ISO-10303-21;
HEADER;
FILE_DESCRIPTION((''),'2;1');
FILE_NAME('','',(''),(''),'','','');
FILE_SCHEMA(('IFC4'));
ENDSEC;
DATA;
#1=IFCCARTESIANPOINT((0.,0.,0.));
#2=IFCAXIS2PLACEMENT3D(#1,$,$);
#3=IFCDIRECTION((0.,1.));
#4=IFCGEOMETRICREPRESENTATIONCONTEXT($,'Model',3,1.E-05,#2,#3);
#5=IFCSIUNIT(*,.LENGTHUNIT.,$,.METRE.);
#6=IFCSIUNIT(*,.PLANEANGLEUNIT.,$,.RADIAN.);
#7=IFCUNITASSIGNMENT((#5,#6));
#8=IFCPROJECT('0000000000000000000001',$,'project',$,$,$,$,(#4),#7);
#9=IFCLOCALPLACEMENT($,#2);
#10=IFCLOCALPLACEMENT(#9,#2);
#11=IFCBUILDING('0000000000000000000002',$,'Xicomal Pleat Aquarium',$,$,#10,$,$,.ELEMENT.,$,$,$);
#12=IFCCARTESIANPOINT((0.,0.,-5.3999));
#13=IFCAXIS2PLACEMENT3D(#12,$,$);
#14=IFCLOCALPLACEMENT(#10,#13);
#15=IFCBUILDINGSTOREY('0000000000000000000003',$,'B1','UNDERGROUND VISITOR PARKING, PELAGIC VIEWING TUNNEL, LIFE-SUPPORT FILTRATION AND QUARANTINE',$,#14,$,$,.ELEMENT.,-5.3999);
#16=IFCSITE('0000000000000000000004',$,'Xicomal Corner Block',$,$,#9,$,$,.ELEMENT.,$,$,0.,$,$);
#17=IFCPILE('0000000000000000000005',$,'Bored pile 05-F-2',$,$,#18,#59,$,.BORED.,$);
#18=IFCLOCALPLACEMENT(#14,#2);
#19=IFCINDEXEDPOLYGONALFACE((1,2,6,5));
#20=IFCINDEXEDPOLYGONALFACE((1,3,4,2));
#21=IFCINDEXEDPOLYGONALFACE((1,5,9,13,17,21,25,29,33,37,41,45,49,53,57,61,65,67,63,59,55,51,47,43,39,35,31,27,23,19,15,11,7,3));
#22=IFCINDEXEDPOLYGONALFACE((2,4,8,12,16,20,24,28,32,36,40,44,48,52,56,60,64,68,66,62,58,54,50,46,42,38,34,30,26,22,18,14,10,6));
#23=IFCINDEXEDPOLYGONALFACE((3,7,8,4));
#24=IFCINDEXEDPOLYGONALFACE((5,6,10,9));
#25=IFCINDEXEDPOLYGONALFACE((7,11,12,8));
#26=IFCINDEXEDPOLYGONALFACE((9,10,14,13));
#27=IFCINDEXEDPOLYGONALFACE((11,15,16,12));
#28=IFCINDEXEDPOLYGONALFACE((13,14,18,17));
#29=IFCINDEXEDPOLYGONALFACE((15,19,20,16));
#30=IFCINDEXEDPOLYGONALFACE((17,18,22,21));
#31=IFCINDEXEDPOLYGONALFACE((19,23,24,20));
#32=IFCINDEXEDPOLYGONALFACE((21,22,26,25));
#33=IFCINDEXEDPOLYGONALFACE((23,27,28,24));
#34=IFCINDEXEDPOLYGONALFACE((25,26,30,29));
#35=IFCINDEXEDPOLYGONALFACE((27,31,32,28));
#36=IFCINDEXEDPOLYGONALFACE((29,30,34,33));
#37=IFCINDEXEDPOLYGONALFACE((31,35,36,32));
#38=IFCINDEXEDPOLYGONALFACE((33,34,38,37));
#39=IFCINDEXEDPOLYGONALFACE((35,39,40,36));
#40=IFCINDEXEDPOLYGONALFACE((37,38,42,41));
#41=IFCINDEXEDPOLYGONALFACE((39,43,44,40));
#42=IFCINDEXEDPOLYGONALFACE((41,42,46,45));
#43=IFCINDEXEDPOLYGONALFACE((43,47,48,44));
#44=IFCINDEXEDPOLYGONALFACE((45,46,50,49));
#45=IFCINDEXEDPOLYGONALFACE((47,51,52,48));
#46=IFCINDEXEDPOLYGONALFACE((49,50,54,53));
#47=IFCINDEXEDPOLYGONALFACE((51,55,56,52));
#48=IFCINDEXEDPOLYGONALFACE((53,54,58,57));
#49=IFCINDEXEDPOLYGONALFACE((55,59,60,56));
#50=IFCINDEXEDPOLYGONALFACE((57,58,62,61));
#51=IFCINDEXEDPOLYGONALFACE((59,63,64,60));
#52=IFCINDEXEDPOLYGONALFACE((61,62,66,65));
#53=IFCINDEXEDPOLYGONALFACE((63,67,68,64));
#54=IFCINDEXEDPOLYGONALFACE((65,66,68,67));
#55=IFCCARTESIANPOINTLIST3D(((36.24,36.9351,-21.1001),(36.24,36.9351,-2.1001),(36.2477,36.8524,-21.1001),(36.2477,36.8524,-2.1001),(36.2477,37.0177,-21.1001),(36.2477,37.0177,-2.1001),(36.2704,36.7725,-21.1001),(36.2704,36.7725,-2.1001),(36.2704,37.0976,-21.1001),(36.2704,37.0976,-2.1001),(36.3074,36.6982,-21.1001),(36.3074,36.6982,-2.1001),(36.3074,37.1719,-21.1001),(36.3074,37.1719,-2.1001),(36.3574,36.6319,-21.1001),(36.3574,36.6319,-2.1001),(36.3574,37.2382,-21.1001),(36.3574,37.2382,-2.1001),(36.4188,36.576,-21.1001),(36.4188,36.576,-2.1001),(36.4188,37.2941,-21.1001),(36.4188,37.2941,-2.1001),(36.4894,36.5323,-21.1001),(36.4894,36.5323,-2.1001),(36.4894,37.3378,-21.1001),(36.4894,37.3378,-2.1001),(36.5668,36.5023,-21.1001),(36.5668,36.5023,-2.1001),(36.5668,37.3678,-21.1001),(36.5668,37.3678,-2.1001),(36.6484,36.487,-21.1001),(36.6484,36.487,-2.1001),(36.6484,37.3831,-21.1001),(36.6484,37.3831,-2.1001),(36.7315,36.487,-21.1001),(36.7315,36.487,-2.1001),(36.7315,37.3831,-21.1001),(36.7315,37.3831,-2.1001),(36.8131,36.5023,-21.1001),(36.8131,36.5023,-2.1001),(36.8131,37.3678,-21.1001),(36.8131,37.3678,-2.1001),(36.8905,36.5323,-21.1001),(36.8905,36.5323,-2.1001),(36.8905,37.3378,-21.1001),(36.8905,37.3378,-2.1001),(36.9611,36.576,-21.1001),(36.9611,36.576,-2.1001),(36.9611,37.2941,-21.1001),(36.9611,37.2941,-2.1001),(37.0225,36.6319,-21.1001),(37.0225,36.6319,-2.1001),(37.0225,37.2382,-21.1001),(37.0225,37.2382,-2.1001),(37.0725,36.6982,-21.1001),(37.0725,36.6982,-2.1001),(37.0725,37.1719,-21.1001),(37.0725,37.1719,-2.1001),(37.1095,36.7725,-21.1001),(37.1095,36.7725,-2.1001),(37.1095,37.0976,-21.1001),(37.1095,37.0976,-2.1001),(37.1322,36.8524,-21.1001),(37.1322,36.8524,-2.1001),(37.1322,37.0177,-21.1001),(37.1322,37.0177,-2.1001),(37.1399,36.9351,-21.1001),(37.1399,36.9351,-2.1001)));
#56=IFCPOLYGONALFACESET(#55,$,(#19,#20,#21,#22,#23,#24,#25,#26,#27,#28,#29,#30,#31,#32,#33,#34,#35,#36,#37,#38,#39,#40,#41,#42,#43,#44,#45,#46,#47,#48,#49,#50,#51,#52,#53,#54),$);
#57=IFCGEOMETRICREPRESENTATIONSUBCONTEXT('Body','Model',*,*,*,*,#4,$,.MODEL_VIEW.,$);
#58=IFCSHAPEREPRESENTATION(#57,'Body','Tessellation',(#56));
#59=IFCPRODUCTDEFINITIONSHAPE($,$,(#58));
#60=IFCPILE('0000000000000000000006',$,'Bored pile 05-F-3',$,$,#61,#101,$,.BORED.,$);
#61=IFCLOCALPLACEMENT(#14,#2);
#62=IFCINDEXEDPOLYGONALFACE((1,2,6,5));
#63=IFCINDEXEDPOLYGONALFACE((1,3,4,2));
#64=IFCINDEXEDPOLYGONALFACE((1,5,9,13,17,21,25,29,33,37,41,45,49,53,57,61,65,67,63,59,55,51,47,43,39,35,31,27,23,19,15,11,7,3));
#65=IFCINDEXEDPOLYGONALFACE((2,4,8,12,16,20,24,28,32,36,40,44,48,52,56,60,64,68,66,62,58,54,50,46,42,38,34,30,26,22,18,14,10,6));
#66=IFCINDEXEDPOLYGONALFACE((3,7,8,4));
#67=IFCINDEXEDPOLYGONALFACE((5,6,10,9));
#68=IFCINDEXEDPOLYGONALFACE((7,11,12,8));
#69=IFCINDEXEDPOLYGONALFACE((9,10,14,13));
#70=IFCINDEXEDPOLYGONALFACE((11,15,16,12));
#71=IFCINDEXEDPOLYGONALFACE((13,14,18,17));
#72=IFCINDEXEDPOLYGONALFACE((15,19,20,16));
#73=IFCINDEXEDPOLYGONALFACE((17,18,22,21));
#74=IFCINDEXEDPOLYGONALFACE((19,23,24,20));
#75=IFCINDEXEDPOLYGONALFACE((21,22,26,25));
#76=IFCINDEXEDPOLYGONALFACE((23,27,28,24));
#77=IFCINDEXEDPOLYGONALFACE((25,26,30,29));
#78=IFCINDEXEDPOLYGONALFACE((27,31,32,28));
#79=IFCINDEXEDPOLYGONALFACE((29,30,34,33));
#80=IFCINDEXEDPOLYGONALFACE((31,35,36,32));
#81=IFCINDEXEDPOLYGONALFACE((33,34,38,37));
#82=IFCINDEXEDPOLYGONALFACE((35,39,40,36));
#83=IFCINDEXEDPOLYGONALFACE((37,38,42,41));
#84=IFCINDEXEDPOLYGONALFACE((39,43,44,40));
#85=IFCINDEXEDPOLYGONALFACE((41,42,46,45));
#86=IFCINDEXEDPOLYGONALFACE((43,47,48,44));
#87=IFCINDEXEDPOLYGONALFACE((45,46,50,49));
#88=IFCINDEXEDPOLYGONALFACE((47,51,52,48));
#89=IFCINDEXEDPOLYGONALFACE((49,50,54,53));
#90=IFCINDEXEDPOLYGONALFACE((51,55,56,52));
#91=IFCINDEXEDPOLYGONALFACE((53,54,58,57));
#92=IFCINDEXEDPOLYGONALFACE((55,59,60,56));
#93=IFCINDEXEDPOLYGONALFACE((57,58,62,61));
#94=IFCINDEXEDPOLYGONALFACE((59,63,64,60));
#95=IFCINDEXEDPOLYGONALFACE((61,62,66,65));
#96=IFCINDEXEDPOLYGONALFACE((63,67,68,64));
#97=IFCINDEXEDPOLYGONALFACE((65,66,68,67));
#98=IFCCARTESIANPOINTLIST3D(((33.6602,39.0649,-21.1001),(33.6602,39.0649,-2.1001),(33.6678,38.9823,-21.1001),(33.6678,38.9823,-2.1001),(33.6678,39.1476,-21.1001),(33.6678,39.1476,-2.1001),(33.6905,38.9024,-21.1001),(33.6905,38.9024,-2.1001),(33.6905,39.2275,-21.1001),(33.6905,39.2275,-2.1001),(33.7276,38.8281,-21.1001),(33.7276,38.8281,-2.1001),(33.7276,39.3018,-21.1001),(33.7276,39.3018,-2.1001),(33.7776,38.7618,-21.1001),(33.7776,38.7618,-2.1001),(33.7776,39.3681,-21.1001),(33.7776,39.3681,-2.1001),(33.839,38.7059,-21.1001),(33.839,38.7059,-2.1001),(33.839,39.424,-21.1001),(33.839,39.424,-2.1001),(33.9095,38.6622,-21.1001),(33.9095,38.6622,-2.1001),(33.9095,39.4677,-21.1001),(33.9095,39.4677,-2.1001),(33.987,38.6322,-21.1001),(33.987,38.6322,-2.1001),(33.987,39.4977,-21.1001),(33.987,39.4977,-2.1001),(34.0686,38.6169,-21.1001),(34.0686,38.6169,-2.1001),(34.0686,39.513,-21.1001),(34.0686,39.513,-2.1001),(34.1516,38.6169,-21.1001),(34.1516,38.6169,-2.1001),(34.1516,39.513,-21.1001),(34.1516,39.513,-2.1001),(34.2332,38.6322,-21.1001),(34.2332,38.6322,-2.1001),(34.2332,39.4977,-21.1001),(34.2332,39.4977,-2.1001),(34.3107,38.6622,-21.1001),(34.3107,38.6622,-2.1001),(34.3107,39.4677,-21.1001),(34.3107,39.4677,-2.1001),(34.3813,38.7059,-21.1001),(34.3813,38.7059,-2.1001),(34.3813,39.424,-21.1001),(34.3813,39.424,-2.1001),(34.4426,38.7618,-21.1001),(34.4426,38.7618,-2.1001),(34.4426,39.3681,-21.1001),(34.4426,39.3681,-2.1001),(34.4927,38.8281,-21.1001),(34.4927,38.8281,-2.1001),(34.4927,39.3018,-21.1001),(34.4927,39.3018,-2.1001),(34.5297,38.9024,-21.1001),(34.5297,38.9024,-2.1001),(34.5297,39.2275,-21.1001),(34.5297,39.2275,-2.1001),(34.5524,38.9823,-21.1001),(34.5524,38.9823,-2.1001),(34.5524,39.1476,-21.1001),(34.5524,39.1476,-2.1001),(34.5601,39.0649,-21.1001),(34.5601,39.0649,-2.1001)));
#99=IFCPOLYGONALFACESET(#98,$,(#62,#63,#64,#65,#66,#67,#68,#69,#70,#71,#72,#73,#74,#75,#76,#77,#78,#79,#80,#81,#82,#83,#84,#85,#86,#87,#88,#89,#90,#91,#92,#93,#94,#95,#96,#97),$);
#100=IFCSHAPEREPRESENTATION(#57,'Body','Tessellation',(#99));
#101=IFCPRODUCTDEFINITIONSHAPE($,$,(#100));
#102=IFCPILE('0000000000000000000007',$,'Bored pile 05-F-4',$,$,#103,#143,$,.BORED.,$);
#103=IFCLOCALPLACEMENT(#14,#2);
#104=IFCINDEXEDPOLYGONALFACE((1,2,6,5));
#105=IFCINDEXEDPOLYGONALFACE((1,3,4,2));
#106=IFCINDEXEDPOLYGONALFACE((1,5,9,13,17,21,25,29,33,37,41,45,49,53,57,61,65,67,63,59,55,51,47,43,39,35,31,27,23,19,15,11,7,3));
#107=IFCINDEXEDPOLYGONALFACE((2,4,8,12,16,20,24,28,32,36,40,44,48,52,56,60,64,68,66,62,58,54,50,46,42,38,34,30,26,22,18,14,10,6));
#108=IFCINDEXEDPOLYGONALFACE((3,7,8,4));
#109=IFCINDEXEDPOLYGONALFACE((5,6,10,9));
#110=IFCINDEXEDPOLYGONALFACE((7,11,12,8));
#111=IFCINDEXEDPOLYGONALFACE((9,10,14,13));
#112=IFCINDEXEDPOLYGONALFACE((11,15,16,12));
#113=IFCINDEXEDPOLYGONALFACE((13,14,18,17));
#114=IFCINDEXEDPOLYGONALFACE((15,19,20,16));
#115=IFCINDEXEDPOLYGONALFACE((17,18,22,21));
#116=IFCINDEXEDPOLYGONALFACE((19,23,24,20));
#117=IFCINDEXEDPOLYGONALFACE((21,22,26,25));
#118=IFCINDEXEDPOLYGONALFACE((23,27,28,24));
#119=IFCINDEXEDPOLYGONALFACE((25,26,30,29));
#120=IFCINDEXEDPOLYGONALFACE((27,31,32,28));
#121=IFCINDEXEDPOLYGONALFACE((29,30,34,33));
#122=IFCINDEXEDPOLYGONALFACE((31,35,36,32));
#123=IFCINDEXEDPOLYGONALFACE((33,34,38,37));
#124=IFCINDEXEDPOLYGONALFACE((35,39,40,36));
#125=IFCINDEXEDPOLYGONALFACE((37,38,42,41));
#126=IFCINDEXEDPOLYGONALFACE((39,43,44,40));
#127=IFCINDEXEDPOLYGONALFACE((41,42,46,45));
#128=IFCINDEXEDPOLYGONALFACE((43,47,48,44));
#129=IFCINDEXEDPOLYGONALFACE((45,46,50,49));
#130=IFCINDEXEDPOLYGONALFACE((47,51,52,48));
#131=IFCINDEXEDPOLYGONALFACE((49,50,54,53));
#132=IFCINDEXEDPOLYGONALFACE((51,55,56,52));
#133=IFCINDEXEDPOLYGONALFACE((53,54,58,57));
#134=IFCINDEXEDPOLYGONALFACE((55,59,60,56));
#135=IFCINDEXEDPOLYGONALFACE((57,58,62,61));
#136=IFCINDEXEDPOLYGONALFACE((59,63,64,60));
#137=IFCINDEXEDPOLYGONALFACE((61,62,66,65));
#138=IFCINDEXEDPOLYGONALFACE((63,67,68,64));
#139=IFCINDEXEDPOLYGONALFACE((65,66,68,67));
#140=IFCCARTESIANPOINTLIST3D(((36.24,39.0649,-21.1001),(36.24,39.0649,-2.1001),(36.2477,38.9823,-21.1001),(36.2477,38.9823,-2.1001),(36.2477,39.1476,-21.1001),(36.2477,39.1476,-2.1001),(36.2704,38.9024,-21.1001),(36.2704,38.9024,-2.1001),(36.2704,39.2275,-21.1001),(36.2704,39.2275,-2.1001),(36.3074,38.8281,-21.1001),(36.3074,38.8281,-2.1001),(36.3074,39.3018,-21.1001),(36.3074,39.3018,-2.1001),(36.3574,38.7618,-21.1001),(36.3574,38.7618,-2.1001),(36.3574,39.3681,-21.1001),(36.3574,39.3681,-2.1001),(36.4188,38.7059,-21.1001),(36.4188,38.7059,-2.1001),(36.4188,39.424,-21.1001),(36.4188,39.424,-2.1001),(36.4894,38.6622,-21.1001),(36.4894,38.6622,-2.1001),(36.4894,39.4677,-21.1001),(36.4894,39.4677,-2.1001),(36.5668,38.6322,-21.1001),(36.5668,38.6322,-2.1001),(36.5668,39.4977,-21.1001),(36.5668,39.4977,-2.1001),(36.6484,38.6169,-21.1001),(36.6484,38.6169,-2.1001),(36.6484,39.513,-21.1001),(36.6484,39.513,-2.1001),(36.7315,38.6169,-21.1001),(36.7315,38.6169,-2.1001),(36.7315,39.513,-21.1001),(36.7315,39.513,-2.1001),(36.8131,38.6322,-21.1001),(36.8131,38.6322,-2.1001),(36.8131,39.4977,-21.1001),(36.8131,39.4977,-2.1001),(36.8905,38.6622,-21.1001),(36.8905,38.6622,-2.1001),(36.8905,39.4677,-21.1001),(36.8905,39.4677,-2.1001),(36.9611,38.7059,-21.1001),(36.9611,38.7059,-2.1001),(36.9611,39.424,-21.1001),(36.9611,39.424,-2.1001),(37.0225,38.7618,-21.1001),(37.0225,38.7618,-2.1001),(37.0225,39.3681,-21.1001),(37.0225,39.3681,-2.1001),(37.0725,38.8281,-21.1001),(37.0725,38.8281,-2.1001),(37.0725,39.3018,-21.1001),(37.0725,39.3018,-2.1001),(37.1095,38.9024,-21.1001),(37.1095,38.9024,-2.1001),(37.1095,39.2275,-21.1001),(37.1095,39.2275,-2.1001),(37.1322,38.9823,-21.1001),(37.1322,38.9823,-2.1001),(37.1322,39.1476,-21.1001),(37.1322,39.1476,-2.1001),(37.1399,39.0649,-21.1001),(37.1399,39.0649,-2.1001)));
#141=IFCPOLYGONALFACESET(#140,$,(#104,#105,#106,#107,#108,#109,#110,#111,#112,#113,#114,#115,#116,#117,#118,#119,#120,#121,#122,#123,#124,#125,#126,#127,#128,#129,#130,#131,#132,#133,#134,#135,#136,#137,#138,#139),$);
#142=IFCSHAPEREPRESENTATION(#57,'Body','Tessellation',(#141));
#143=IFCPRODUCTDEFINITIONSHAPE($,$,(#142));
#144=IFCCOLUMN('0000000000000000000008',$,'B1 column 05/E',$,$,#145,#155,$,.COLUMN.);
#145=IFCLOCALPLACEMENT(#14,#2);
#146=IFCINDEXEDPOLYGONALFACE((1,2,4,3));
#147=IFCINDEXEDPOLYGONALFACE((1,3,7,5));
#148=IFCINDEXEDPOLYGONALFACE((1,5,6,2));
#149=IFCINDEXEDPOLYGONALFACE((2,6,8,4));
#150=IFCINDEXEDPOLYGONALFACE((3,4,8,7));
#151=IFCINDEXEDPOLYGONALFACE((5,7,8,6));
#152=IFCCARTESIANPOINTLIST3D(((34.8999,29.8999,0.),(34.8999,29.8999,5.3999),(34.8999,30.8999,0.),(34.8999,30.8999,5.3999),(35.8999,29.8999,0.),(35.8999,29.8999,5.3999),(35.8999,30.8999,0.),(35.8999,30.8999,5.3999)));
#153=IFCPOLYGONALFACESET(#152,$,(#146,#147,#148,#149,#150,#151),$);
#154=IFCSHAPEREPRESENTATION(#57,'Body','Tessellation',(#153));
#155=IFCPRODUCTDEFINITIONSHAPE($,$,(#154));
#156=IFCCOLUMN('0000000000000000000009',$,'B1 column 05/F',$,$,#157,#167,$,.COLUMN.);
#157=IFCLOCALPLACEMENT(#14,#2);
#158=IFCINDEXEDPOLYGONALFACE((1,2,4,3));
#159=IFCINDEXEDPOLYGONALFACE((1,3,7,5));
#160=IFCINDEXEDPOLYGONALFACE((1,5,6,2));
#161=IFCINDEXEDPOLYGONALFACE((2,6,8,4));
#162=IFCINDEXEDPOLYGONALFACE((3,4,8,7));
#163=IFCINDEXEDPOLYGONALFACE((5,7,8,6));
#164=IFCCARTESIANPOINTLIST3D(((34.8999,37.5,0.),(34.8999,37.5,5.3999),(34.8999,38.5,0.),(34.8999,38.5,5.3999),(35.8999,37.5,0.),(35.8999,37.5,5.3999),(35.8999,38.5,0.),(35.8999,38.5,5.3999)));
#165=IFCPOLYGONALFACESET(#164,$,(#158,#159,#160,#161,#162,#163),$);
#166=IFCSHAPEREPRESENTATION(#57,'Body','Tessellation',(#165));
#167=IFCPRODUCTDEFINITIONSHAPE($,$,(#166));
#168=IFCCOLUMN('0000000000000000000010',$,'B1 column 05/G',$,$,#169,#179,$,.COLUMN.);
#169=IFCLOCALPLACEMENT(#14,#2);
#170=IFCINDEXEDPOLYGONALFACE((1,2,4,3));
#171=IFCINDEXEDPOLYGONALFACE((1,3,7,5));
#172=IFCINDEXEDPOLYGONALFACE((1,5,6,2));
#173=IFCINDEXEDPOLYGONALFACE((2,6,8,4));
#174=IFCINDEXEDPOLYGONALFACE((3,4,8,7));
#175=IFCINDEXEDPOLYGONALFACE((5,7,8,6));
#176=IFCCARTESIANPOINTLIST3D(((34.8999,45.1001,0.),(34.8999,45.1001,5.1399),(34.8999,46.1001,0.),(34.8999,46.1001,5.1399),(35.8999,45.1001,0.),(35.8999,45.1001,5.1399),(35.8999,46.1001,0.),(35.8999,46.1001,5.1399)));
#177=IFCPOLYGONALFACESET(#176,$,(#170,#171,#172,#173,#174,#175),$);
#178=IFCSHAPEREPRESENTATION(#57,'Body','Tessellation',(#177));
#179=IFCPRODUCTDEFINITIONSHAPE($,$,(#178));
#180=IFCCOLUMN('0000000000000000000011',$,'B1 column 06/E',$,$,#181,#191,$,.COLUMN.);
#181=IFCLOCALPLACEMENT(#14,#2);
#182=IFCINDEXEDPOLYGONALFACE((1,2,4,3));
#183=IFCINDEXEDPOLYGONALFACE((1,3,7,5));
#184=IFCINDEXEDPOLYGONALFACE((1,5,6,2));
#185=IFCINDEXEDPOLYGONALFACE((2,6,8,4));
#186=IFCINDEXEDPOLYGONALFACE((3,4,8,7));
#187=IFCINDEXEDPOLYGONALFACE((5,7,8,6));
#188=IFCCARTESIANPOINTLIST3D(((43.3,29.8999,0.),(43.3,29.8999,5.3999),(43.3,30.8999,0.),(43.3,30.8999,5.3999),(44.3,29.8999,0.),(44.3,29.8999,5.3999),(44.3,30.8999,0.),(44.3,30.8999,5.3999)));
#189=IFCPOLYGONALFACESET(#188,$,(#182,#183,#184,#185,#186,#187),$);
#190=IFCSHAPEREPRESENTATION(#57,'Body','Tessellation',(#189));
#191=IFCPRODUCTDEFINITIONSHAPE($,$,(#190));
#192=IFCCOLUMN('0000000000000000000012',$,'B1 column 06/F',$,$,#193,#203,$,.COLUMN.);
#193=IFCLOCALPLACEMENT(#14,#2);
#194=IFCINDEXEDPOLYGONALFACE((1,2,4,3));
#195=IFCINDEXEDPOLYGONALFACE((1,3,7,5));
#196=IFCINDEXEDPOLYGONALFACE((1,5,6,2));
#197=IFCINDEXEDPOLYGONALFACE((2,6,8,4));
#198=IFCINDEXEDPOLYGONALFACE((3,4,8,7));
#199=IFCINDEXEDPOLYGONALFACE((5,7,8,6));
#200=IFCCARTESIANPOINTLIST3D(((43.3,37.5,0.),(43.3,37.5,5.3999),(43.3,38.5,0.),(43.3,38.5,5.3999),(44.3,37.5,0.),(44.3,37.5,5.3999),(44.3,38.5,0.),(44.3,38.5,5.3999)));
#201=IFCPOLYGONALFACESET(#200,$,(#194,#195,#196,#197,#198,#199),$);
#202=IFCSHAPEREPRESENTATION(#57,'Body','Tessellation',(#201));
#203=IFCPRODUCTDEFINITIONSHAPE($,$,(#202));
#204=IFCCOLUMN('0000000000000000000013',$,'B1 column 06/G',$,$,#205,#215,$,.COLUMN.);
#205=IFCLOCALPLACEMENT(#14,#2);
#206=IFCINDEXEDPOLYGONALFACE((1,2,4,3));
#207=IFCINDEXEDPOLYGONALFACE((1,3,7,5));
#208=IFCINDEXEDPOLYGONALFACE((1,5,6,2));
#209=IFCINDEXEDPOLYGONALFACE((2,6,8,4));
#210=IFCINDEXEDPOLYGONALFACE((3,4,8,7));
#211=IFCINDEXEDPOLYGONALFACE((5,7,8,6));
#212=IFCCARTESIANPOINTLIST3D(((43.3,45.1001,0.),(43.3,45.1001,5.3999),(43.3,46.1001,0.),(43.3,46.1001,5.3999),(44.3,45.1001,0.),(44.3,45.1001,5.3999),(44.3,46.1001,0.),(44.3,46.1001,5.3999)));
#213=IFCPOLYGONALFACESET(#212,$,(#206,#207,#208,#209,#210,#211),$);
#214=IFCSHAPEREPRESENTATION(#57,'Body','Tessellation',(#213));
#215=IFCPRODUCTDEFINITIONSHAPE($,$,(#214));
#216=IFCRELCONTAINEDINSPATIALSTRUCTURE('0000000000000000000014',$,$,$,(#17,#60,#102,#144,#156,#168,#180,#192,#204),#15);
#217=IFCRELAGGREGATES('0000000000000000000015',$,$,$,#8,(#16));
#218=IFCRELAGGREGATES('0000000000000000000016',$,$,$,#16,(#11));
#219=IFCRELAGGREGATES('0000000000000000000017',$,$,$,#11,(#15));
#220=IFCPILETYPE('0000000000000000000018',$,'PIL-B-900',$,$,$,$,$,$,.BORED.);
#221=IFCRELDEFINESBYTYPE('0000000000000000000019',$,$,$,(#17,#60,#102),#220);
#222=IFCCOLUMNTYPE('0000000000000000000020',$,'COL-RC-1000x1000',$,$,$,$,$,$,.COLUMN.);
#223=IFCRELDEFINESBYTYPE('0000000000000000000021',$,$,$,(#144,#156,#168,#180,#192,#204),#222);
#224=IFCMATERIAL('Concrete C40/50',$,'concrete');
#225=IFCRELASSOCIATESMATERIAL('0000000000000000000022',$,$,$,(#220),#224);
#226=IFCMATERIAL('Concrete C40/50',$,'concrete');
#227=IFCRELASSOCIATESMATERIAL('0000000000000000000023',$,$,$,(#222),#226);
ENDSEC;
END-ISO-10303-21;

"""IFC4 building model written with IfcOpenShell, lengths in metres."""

from ifc_helpers import new_model, si_unit, direction, frame, origin, origin_2d, place, context, subcontext, project, spatial, rectangle, circle, extrude, material, material_profile, profile_set, type_object, element, save


model = new_model("IFC4")

# Units and contexts
model_context = context("Model", 3, precision=1e-05, world=origin(), true_north=direction((0.0, 1.0)))
body_context = subcontext(model_context, "Body", "Model", "MODEL_VIEW")
ifc_project = project(units=[si_unit("LENGTHUNIT", "METRE"), si_unit("PLANEANGLEUNIT", "RADIAN")], contexts=[model_context])

# Site, building, storey
site_placement = place(None, origin())
site = spatial("IfcSite", under=ifc_project, at=site_placement, Name="Xicomal Corner Block", CompositionType="ELEMENT", RefElevation=0.0)
building_placement = place(site_placement, origin())
building = spatial("IfcBuilding", under=site, at=building_placement, Name="Xicomal Pleat Aquarium", CompositionType="ELEMENT")
storey_placement = place(building_placement, frame((0.0, 0.0, -5.3999)))
storey = spatial("IfcBuildingStorey", under=building, at=storey_placement, Name="B1", Description="UNDERGROUND VISITOR PARKING, PELAGIC VIEWING TUNNEL, LIFE-SUPPORT FILTRATION AND QUARANTINE", CompositionType="ELEMENT", Elevation=-5.3999)

# Piles
ifc_material_1 = material(Name="Concrete C40/50", Category="concrete")
ifc_material_profile_1 = material_profile(ifc_material_1, circle(Radius=0.45, at=origin_2d()), Name="BORED PILE D900")
ifc_profile_set_1 = profile_set([ifc_material_profile_1], Name="Concrete C40/50")
pile_type_1 = type_object("IfcPileType", Name="PIL-B-900", PredefinedType="BORED", material=ifc_profile_set_1)
for number, where, z_axis, x_axis, name in (
    (1, (36.6899, 36.9351, -2.1001), (0.0, 0.0, -1.0), (1.0, 0.0, 0.0), "Bored pile 05-F-2"),
    (2, (34.1101, 39.0649, -2.1001), (0.0, 0.0, -1.0), (1.0, 0.0, 0.0), "Bored pile 05-F-3"),
    (3, (36.6899, 39.0649, -2.1001), (0.0, 0.0, -1.0), (1.0, 0.0, 0.0), "Bored pile 05-F-4"),
):
    element("IfcPile", number, at=place(storey_placement, frame(where, z_axis=z_axis, x_axis=x_axis)), inside=storey, type_object=pile_type_1, Name=name, PredefinedType="BORED", context=body_context, shape_type="SweptSolid", body=[
        extrude(circle(Radius=0.45, at=origin_2d()), origin(), (0.0, 0.0, 1.0), 19.0),
    ])

# Columns
ifc_material_2 = material(Name="Concrete C40/50", Category="concrete")
ifc_material_profile_2 = material_profile(ifc_material_2, rectangle(XDim=1.0, YDim=1.0, at=origin_2d()), Name="RC 1000x1000")
ifc_profile_set_2 = profile_set([ifc_material_profile_2], Name="Concrete C40/50")
column_type = type_object("IfcColumnType", Name="COL-RC-1000x1000", PredefinedType="COLUMN", material=ifc_profile_set_2)
for number, where, z_axis, x_axis, name in (
    (4, (35.3999, 30.3999, 0.0), (0.0, 0.0, 1.0), (1.0, 0.0, 0.0), "B1 column 05/E"),
    (5, (35.3999, 38.0, 0.0), (0.0, 0.0, 1.0), (1.0, 0.0, 0.0), "B1 column 05/F"),
):
    element("IfcColumn", number, at=place(storey_placement, frame(where, z_axis=z_axis, x_axis=x_axis)), inside=storey, type_object=column_type, Name=name, PredefinedType="COLUMN", context=body_context, shape_type="SweptSolid", body=[
        extrude(rectangle(XDim=1.0, YDim=1.0, at=origin_2d()), origin(), (0.0, 0.0, 1.0), 5.3999),
    ])
column_placement = place(storey_placement, frame((35.3999, 45.6001, 0.0), z_axis=(0.0, 0.0, 1.0), x_axis=(1.0, 0.0, 0.0)))
element("IfcColumn", 6, at=column_placement, inside=storey, type_object=column_type, Name="B1 column 05/G", PredefinedType="COLUMN", context=body_context, shape_type="SweptSolid", body=[
    extrude(rectangle(XDim=1.0, YDim=1.0, at=origin_2d()), origin(), (0.0, 0.0, 1.0), 5.1399),
])
for number, where, z_axis, x_axis, name in (
    (7, (43.8, 30.3999, 0.0), (0.0, 0.0, 1.0), (1.0, 0.0, 0.0), "B1 column 06/E"),
    (8, (43.8, 38.0, 0.0), (0.0, 0.0, 1.0), (1.0, 0.0, 0.0), "B1 column 06/F"),
    (9, (43.8, 45.6001, 0.0), (0.0, 0.0, 1.0), (1.0, 0.0, 0.0), "B1 column 06/G"),
):
    element("IfcColumn", number, at=place(storey_placement, frame(where, z_axis=z_axis, x_axis=x_axis)), inside=storey, type_object=column_type, Name=name, PredefinedType="COLUMN", context=body_context, shape_type="SweptSolid", body=[
        extrude(rectangle(XDim=1.0, YDim=1.0, at=origin_2d()), origin(), (0.0, 0.0, 1.0), 5.3999),
    ])

save(model, "model.ifc")
